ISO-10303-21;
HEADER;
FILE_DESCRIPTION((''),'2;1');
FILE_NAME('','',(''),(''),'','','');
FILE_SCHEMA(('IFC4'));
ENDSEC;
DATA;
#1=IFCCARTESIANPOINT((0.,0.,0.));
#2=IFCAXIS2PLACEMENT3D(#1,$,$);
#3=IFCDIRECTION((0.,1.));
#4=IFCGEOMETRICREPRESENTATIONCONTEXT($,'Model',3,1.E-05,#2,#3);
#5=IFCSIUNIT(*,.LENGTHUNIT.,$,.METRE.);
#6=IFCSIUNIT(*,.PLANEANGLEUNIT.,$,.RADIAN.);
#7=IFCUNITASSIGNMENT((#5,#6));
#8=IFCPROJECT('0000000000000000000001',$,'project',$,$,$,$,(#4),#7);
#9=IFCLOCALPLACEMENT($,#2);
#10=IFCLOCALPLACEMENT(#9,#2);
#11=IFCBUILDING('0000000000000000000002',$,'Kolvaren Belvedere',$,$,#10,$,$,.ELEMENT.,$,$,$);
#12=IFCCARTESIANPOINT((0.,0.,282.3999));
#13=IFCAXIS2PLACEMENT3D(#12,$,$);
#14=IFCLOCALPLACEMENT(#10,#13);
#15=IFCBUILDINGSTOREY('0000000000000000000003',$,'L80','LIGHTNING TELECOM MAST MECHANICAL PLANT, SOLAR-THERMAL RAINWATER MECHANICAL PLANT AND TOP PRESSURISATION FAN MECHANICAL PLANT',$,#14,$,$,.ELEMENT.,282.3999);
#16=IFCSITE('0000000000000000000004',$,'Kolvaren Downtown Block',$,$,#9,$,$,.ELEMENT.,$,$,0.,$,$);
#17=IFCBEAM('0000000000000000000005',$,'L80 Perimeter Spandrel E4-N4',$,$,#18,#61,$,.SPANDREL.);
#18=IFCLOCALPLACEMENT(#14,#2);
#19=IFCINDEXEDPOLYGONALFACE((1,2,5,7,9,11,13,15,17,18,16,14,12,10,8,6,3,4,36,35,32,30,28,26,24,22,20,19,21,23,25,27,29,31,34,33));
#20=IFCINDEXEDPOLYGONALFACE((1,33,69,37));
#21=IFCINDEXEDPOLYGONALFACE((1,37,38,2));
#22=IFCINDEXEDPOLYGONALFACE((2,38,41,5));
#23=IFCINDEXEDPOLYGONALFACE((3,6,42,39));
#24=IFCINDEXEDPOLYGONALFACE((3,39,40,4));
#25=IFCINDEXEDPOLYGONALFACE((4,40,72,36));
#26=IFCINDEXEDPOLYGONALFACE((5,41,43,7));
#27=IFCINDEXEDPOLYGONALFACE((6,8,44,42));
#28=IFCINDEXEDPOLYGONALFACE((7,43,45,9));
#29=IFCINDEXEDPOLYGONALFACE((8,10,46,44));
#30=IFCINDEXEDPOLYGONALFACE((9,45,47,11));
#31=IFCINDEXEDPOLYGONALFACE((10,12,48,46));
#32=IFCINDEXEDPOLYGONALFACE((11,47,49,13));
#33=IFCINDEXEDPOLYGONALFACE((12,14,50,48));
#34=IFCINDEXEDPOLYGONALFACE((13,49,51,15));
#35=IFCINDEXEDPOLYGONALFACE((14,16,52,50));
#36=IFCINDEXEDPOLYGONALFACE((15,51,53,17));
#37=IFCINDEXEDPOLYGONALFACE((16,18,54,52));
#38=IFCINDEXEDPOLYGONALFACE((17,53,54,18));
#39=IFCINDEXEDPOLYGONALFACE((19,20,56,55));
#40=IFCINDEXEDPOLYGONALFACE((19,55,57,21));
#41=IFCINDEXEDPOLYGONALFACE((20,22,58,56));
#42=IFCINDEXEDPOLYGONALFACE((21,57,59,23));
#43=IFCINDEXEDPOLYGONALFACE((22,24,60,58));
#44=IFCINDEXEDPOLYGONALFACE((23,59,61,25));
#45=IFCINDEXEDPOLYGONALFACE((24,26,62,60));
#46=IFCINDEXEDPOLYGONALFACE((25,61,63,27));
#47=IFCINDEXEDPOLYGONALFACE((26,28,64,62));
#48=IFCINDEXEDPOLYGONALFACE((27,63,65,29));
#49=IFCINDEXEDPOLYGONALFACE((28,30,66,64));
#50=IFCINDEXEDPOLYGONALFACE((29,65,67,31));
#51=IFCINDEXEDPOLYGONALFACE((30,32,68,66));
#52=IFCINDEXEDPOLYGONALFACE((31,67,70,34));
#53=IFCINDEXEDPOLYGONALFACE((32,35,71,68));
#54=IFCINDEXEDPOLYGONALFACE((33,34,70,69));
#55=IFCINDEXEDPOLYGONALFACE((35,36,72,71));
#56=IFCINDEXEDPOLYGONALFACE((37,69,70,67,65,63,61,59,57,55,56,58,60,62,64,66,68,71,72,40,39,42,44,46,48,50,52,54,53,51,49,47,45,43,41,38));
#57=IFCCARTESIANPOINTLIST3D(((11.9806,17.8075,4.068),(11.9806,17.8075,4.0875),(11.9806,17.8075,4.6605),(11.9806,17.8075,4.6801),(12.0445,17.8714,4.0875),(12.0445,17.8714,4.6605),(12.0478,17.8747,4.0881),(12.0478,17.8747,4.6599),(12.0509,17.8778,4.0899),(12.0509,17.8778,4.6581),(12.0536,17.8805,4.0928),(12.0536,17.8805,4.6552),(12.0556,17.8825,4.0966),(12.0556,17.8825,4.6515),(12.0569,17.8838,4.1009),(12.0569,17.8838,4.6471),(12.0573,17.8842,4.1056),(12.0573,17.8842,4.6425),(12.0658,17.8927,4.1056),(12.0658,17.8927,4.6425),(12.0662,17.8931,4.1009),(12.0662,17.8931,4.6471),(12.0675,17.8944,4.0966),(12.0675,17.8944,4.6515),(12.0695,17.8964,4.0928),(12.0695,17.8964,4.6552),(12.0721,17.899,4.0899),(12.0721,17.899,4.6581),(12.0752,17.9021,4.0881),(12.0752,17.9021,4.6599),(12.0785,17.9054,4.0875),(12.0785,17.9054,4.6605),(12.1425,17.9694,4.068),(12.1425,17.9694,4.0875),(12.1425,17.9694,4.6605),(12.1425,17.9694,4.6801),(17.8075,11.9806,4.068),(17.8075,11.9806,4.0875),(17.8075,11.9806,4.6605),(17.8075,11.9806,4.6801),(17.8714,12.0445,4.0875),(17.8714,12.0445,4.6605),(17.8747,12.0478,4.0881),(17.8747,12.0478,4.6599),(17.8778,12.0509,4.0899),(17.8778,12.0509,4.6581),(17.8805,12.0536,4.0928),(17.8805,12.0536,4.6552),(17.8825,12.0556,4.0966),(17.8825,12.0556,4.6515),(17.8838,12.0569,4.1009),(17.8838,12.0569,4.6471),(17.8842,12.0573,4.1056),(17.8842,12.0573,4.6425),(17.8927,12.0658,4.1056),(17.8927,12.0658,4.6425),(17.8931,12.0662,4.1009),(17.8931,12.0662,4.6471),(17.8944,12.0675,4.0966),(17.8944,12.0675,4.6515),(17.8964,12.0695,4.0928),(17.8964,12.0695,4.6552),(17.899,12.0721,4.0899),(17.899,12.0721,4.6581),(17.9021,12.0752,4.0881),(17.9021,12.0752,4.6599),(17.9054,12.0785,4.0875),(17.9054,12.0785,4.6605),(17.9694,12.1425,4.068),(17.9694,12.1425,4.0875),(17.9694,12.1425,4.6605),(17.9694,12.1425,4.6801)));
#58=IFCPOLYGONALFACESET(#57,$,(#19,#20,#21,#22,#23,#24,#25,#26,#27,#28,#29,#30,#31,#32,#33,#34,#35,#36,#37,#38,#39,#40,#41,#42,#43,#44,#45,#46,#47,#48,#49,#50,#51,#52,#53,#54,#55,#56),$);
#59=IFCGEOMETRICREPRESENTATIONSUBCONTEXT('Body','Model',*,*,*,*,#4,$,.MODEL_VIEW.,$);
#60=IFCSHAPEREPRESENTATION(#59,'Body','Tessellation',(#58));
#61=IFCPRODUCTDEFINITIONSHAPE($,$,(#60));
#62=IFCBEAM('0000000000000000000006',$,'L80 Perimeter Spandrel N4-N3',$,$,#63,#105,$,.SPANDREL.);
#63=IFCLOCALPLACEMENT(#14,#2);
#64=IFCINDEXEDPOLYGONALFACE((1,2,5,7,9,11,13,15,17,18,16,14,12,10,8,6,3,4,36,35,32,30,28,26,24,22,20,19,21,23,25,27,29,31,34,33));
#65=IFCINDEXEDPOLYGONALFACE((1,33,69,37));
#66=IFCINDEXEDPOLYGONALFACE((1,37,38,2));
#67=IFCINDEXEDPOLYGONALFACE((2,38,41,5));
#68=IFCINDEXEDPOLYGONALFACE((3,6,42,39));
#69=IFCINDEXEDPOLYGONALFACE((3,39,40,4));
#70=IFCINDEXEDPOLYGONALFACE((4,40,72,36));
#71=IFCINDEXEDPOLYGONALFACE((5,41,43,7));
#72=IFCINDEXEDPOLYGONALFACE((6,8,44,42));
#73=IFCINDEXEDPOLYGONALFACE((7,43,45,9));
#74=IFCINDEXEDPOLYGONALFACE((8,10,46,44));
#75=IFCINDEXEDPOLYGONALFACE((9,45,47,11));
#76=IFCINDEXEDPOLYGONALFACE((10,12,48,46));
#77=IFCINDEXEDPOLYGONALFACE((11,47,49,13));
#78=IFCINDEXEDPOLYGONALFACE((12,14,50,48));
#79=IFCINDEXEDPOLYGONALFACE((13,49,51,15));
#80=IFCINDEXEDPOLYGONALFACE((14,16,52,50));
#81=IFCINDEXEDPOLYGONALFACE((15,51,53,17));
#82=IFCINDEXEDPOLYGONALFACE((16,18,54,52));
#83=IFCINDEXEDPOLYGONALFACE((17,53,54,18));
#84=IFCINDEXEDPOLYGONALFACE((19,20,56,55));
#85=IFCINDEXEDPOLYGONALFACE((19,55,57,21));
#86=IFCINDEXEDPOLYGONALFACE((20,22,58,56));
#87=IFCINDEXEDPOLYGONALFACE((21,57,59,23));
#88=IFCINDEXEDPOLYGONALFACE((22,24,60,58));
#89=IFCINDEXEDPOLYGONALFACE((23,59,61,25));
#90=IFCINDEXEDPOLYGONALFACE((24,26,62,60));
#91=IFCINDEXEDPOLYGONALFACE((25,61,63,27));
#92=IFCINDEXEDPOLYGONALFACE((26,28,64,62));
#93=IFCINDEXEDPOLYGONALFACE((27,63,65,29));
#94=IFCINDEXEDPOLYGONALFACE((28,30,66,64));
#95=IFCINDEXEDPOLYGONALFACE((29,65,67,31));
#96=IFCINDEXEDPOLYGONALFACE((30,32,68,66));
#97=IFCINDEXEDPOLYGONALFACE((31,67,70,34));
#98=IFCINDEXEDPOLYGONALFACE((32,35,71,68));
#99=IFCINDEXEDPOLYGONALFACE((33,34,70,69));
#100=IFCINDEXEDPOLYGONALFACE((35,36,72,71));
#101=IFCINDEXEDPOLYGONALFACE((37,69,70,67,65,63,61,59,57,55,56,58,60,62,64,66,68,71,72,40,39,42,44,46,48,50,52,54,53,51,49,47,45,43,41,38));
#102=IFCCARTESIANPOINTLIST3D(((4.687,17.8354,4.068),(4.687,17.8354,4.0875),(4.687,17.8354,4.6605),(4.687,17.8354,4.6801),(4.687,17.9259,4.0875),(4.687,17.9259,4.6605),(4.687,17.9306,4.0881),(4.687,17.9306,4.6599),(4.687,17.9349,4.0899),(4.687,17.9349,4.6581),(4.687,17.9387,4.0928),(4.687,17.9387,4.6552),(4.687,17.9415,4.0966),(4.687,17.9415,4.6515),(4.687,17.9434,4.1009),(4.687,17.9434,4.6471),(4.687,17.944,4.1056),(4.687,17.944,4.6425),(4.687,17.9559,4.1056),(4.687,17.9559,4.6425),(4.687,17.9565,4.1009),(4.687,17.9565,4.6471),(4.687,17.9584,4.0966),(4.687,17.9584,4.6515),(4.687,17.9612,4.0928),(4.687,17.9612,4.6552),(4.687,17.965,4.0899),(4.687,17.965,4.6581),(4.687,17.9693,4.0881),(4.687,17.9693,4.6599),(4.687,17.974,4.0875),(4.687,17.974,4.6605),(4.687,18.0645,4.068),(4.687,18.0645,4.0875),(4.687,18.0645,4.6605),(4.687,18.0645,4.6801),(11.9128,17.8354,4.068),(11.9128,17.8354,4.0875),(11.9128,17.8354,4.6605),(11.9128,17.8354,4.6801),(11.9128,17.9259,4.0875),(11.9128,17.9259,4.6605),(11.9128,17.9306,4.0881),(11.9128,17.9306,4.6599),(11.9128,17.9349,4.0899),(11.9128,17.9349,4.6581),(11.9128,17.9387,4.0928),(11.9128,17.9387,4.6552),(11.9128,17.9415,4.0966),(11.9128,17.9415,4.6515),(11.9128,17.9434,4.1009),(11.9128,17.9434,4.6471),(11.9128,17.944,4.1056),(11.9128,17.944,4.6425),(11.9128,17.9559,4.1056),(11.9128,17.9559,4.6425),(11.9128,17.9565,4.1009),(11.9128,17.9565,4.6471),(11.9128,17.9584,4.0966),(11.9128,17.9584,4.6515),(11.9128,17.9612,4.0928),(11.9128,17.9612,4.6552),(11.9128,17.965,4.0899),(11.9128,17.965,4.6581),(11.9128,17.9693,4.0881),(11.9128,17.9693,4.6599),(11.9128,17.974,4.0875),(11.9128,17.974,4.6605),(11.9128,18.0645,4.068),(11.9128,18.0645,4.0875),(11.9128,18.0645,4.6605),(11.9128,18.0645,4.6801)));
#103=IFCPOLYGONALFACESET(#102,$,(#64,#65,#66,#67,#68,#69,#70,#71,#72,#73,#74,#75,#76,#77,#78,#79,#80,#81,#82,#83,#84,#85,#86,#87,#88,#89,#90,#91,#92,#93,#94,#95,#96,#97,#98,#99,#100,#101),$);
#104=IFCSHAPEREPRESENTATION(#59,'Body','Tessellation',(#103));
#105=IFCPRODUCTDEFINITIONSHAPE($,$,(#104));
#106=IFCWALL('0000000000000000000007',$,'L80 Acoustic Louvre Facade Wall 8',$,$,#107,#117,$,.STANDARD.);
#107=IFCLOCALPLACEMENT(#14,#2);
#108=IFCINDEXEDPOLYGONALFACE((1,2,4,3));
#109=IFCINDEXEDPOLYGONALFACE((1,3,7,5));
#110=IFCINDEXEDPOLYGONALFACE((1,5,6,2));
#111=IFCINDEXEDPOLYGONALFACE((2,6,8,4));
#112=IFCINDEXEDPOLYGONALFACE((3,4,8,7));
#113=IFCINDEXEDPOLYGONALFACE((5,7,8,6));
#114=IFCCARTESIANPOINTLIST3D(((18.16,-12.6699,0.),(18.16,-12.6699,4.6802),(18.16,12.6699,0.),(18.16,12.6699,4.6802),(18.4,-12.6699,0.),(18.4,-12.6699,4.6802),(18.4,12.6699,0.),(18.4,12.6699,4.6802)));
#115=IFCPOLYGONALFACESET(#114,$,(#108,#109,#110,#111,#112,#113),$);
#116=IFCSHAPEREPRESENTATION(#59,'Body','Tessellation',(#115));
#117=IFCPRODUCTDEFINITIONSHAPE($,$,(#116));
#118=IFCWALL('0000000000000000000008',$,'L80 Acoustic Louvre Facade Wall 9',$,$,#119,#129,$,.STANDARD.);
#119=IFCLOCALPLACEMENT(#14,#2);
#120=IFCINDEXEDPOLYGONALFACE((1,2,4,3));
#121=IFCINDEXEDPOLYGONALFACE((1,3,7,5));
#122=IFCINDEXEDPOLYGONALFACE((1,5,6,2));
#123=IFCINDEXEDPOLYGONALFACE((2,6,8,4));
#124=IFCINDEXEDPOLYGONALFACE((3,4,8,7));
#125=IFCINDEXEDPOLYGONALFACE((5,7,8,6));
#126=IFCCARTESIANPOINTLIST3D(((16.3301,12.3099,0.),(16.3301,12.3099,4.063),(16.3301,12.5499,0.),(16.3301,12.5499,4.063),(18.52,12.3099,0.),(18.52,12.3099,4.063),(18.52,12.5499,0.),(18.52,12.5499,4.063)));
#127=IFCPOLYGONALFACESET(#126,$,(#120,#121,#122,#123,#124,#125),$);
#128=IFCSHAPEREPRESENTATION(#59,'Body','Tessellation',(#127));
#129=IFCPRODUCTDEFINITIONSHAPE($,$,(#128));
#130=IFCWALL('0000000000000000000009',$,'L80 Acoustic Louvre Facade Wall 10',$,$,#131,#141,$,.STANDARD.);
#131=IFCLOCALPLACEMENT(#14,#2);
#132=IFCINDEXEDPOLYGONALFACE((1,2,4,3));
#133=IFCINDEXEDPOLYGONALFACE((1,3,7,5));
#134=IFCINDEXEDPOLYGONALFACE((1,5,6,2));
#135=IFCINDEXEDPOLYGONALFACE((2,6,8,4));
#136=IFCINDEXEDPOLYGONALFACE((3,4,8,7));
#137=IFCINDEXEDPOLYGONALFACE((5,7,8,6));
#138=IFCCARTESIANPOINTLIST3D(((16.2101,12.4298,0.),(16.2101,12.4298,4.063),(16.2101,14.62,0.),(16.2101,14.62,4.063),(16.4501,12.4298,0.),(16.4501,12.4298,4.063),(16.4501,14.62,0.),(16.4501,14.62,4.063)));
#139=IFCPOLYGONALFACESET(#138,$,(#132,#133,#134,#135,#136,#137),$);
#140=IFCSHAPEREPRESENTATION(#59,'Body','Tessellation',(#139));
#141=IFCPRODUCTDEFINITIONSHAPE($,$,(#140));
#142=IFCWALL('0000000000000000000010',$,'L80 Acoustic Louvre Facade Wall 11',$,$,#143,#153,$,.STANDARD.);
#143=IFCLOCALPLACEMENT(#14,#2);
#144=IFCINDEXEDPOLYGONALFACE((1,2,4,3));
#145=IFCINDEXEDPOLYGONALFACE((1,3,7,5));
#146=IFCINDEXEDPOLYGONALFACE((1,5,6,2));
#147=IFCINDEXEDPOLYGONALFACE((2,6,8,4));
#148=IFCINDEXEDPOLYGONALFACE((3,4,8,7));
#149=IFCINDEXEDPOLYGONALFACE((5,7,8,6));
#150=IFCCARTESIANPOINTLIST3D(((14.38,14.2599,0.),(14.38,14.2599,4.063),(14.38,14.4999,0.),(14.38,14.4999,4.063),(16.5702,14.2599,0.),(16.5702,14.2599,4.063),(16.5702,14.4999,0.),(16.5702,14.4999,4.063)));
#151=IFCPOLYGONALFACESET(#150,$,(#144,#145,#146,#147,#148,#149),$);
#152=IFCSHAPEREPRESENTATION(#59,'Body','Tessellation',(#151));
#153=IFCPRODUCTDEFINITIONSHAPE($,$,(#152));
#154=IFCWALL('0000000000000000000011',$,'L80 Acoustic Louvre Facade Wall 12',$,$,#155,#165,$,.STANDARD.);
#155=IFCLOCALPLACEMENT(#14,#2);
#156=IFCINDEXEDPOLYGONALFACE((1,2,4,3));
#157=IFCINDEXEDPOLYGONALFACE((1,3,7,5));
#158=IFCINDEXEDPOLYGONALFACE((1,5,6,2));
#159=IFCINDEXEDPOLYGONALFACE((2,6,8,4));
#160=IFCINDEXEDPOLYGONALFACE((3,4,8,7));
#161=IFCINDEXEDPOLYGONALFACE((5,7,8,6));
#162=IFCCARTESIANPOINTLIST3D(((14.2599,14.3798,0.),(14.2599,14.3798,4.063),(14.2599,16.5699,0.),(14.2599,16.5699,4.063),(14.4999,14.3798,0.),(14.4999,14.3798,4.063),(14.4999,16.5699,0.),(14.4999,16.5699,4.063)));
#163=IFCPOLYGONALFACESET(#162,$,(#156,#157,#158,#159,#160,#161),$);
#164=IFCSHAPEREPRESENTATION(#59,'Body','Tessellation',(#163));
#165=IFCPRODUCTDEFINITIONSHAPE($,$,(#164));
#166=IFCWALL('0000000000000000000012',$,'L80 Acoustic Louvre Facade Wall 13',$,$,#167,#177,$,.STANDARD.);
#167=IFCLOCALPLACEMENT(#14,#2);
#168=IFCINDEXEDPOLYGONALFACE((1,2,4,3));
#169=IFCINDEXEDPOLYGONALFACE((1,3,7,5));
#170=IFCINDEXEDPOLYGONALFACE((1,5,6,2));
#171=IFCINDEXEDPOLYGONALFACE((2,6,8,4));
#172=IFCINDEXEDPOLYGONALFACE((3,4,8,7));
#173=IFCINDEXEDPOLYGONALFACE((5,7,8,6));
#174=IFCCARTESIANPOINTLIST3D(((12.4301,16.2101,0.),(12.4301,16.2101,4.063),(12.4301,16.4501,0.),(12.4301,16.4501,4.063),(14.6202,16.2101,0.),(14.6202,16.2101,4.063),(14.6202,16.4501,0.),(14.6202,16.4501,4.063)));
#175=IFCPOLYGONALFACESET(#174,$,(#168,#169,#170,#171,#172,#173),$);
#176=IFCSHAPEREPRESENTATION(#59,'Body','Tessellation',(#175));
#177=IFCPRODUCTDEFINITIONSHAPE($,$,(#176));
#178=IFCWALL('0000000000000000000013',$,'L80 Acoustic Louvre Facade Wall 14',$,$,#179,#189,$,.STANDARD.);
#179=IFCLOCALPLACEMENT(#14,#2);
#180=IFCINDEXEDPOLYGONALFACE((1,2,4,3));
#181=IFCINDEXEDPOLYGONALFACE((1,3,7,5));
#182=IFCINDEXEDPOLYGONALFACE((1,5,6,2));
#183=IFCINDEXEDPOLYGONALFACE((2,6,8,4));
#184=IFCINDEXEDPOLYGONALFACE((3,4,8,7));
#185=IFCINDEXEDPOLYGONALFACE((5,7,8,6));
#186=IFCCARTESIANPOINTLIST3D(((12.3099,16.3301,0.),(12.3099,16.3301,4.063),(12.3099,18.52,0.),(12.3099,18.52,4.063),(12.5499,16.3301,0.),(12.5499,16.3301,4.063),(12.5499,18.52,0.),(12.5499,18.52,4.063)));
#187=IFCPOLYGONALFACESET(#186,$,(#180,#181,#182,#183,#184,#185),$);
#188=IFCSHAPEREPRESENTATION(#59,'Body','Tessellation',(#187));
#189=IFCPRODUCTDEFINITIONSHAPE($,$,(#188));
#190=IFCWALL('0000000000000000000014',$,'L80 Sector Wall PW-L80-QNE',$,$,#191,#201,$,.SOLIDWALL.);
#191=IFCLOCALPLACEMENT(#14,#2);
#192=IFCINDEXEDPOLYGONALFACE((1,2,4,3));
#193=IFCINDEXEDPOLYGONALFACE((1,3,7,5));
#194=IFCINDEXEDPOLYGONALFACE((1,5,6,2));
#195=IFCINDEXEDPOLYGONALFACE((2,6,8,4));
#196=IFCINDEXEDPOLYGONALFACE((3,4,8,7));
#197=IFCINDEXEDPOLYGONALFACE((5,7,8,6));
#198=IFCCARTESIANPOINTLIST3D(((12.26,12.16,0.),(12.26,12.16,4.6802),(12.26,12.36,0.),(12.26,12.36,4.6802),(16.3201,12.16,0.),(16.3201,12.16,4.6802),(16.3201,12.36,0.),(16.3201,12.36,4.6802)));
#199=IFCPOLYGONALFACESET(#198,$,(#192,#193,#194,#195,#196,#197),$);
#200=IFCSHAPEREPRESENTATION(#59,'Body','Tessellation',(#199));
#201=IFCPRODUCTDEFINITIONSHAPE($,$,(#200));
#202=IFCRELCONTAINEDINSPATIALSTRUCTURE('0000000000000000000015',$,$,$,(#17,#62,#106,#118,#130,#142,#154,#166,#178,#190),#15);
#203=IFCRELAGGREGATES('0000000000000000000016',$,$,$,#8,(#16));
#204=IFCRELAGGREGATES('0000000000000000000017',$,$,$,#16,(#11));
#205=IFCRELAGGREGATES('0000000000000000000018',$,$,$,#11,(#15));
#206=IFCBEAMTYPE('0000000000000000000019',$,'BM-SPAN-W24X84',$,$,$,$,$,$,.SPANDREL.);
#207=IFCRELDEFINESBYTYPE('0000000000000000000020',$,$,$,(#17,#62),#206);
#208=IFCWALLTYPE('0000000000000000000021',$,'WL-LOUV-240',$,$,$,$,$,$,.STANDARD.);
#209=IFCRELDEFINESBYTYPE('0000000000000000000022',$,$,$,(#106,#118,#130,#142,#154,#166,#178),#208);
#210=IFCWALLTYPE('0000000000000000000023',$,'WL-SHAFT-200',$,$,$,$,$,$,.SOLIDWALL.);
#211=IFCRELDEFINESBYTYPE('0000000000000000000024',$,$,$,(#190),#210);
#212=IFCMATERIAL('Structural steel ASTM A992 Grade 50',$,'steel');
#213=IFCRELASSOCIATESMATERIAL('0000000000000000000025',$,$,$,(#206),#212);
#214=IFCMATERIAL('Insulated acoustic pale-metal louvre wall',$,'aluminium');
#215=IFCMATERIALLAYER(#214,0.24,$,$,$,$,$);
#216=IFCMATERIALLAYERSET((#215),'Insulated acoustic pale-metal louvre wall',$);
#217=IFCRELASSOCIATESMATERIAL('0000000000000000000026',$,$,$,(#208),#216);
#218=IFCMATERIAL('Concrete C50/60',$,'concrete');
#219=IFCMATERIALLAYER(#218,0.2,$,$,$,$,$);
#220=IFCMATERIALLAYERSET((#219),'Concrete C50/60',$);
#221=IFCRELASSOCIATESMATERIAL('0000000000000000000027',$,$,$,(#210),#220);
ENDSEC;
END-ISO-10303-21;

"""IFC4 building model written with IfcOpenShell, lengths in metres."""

from ifc_helpers import new_model, si_unit, direction, frame, frame_2d, origin, origin_2d, place, context, subcontext, project, spatial, rectangle, i_section, extrude, material, layer, layer_set, material_profile, profile_set, type_object, element, save


model = new_model("IFC4")

# Units and contexts
model_context = context("Model", 3, precision=1e-05, world=origin(), true_north=direction((0.0, 1.0)))
body_context = subcontext(model_context, "Body", "Model", "MODEL_VIEW")
ifc_project = project(units=[si_unit("LENGTHUNIT", "METRE"), si_unit("PLANEANGLEUNIT", "RADIAN")], contexts=[model_context])

# Site, building, storey
site_placement = place(None, origin())
site = spatial("IfcSite", under=ifc_project, at=site_placement, Name="Kolvaren Downtown Block", CompositionType="ELEMENT", RefElevation=0.0)
building_placement = place(site_placement, origin())
building = spatial("IfcBuilding", under=site, at=building_placement, Name="Kolvaren Belvedere", CompositionType="ELEMENT")
storey_placement = place(building_placement, frame((0.0, 0.0, 282.3999)))
storey = spatial("IfcBuildingStorey", under=building, at=storey_placement, Name="L80", Description="LIGHTNING TELECOM MAST MECHANICAL PLANT, SOLAR-THERMAL RAINWATER MECHANICAL PLANT AND TOP PRESSURISATION FAN MECHANICAL PLANT", CompositionType="ELEMENT", Elevation=282.3999)

# Beams
ifc_material_1 = material(Name="Structural steel ASTM A992 Grade 50", Category="steel")
ifc_material_profile_1 = material_profile(ifc_material_1, i_section(OverallWidth=0.229, OverallDepth=0.6121, WebThickness=0.012, FlangeThickness=0.0195, FilletRadius=0.0181, at=origin_2d()), Name="W24X84")
ifc_profile_set_1 = profile_set([ifc_material_profile_1], Name="Structural steel ASTM A992 Grade 50")
beam_type_1 = type_object("IfcBeamType", Name="BM-SPAN-W24X84", PredefinedType="SPANDREL", material=ifc_profile_set_1)
beam_1_placement = place(storey_placement, frame((17.8884, 12.0615, 4.374), z_axis=(-0.707107, 0.707107, 0.0), x_axis=(-0.707107, -0.707107, 0.0)))
element("IfcBeam", 1, at=beam_1_placement, inside=storey, type_object=beam_type_1, Name="L80 Perimeter Spandrel E4-N4", PredefinedType="SPANDREL", context=body_context, shape_type="SweptSolid", body=[
    extrude(i_section(OverallWidth=0.229, OverallDepth=0.6121, WebThickness=0.012, FlangeThickness=0.0195, FilletRadius=0.0181, at=origin_2d()), origin(), (0.0, 0.0, 1.0), 8.2405),
])
beam_2_placement = place(storey_placement, frame((11.9128, 17.95, 4.374), z_axis=(-1.0, 0.0, 0.0), x_axis=(0.0, -1.0, 0.0)))
element("IfcBeam", 2, at=beam_2_placement, inside=storey, type_object=beam_type_1, Name="L80 Perimeter Spandrel N4-N3", PredefinedType="SPANDREL", context=body_context, shape_type="SweptSolid", body=[
    extrude(i_section(OverallWidth=0.229, OverallDepth=0.6121, WebThickness=0.012, FlangeThickness=0.0195, FilletRadius=0.0181, at=origin_2d()), origin(), (0.0, 0.0, 1.0), 7.2258),
])

# Walls
ifc_material_2 = material(Name="Insulated acoustic pale-metal louvre wall", Category="aluminium")
ifc_layer_1 = layer(ifc_material_2, 0.24)
ifc_layer_set_1 = layer_set([ifc_layer_1], Name="Insulated acoustic pale-metal louvre wall")
wall_type_1 = type_object("IfcWallType", Name="WL-LOUV-240", PredefinedType="STANDARD", material=ifc_layer_set_1)
wall_1_placement = place(storey_placement, frame((18.28, 12.6699, 0.0), z_axis=(0.0, 0.0, 1.0), x_axis=(0.0, -1.0, 0.0)))
element("IfcWall", 3, at=wall_1_placement, inside=storey, type_object=wall_type_1, Name="L80 Acoustic Louvre Facade Wall 8", PredefinedType="STANDARD", context=body_context, shape_type="SweptSolid", body=[
    extrude(rectangle(XDim=25.3398, YDim=0.24, at=frame_2d((12.6699, 0.0))), origin(), (0.0, 0.0, 1.0), 4.6802),
])
wall_2_placement = place(storey_placement, frame((16.3301, 12.4299, 0.0), z_axis=(0.0, 0.0, 1.0), x_axis=(1.0, 0.0, 0.0)))
element("IfcWall", 4, at=wall_2_placement, inside=storey, type_object=wall_type_1, Name="L80 Acoustic Louvre Facade Wall 9", PredefinedType="STANDARD", context=body_context, shape_type="SweptSolid", body=[
    extrude(rectangle(XDim=2.1899, YDim=0.24, at=frame_2d((1.095, 0.0))), origin(), (0.0, 0.0, 1.0), 4.063),
])
for number, where, z_axis, x_axis, name in (
    (5, (16.3301, 14.6201, 0.0), (0.0, 0.0, 1.0), (0.0, -1.0, 0.0), "L80 Acoustic Louvre Facade Wall 10"),
    (6, (14.3799, 14.3799, 0.0), (0.0, 0.0, 1.0), (1.0, 0.0, 0.0), "L80 Acoustic Louvre Facade Wall 11"),
    (7, (14.3799, 16.5701, 0.0), (0.0, 0.0, 1.0), (0.0, -1.0, 0.0), "L80 Acoustic Louvre Facade Wall 12"),
    (8, (12.4299, 16.3301, 0.0), (0.0, 0.0, 1.0), (1.0, 0.0, 0.0), "L80 Acoustic Louvre Facade Wall 13"),
):
    element("IfcWall", number, at=place(storey_placement, frame(where, z_axis=z_axis, x_axis=x_axis)), inside=storey, type_object=wall_type_1, Name=name, PredefinedType="STANDARD", context=body_context, shape_type="SweptSolid", body=[
        extrude(rectangle(XDim=2.1902, YDim=0.24, at=frame_2d((1.0952, 0.0))), origin(), (0.0, 0.0, 1.0), 4.063),
    ])
wall_3_placement = place(storey_placement, frame((12.4299, 18.52, 0.0), z_axis=(0.0, 0.0, 1.0), x_axis=(0.0, -1.0, 0.0)))
element("IfcWall", 9, at=wall_3_placement, inside=storey, type_object=wall_type_1, Name="L80 Acoustic Louvre Facade Wall 14", PredefinedType="STANDARD", context=body_context, shape_type="SweptSolid", body=[
    extrude(rectangle(XDim=2.1899, YDim=0.24, at=frame_2d((1.095, 0.0))), origin(), (0.0, 0.0, 1.0), 4.063),
])
ifc_material_3 = material(Name="Concrete C50/60", Category="concrete")
ifc_layer_2 = layer(ifc_material_3, 0.2)
ifc_layer_set_2 = layer_set([ifc_layer_2], Name="Concrete C50/60")
wall_type_2 = type_object("IfcWallType", Name="WL-SHAFT-200", PredefinedType="SOLIDWALL", material=ifc_layer_set_2)
wall_4_placement = place(storey_placement, frame((12.26, 12.26, 0.0), z_axis=(0.0, 0.0, 1.0), x_axis=(1.0, 0.0, 0.0)))
element("IfcWall", 10, at=wall_4_placement, inside=storey, type_object=wall_type_2, Name="L80 Sector Wall PW-L80-QNE", PredefinedType="SOLIDWALL", context=body_context, shape_type="SweptSolid", body=[
    extrude(rectangle(XDim=4.0601, YDim=0.2, at=frame_2d((2.03, 0.0))), origin(), (0.0, 0.0, 1.0), 4.6802),
])

save(model, "model.ifc")
